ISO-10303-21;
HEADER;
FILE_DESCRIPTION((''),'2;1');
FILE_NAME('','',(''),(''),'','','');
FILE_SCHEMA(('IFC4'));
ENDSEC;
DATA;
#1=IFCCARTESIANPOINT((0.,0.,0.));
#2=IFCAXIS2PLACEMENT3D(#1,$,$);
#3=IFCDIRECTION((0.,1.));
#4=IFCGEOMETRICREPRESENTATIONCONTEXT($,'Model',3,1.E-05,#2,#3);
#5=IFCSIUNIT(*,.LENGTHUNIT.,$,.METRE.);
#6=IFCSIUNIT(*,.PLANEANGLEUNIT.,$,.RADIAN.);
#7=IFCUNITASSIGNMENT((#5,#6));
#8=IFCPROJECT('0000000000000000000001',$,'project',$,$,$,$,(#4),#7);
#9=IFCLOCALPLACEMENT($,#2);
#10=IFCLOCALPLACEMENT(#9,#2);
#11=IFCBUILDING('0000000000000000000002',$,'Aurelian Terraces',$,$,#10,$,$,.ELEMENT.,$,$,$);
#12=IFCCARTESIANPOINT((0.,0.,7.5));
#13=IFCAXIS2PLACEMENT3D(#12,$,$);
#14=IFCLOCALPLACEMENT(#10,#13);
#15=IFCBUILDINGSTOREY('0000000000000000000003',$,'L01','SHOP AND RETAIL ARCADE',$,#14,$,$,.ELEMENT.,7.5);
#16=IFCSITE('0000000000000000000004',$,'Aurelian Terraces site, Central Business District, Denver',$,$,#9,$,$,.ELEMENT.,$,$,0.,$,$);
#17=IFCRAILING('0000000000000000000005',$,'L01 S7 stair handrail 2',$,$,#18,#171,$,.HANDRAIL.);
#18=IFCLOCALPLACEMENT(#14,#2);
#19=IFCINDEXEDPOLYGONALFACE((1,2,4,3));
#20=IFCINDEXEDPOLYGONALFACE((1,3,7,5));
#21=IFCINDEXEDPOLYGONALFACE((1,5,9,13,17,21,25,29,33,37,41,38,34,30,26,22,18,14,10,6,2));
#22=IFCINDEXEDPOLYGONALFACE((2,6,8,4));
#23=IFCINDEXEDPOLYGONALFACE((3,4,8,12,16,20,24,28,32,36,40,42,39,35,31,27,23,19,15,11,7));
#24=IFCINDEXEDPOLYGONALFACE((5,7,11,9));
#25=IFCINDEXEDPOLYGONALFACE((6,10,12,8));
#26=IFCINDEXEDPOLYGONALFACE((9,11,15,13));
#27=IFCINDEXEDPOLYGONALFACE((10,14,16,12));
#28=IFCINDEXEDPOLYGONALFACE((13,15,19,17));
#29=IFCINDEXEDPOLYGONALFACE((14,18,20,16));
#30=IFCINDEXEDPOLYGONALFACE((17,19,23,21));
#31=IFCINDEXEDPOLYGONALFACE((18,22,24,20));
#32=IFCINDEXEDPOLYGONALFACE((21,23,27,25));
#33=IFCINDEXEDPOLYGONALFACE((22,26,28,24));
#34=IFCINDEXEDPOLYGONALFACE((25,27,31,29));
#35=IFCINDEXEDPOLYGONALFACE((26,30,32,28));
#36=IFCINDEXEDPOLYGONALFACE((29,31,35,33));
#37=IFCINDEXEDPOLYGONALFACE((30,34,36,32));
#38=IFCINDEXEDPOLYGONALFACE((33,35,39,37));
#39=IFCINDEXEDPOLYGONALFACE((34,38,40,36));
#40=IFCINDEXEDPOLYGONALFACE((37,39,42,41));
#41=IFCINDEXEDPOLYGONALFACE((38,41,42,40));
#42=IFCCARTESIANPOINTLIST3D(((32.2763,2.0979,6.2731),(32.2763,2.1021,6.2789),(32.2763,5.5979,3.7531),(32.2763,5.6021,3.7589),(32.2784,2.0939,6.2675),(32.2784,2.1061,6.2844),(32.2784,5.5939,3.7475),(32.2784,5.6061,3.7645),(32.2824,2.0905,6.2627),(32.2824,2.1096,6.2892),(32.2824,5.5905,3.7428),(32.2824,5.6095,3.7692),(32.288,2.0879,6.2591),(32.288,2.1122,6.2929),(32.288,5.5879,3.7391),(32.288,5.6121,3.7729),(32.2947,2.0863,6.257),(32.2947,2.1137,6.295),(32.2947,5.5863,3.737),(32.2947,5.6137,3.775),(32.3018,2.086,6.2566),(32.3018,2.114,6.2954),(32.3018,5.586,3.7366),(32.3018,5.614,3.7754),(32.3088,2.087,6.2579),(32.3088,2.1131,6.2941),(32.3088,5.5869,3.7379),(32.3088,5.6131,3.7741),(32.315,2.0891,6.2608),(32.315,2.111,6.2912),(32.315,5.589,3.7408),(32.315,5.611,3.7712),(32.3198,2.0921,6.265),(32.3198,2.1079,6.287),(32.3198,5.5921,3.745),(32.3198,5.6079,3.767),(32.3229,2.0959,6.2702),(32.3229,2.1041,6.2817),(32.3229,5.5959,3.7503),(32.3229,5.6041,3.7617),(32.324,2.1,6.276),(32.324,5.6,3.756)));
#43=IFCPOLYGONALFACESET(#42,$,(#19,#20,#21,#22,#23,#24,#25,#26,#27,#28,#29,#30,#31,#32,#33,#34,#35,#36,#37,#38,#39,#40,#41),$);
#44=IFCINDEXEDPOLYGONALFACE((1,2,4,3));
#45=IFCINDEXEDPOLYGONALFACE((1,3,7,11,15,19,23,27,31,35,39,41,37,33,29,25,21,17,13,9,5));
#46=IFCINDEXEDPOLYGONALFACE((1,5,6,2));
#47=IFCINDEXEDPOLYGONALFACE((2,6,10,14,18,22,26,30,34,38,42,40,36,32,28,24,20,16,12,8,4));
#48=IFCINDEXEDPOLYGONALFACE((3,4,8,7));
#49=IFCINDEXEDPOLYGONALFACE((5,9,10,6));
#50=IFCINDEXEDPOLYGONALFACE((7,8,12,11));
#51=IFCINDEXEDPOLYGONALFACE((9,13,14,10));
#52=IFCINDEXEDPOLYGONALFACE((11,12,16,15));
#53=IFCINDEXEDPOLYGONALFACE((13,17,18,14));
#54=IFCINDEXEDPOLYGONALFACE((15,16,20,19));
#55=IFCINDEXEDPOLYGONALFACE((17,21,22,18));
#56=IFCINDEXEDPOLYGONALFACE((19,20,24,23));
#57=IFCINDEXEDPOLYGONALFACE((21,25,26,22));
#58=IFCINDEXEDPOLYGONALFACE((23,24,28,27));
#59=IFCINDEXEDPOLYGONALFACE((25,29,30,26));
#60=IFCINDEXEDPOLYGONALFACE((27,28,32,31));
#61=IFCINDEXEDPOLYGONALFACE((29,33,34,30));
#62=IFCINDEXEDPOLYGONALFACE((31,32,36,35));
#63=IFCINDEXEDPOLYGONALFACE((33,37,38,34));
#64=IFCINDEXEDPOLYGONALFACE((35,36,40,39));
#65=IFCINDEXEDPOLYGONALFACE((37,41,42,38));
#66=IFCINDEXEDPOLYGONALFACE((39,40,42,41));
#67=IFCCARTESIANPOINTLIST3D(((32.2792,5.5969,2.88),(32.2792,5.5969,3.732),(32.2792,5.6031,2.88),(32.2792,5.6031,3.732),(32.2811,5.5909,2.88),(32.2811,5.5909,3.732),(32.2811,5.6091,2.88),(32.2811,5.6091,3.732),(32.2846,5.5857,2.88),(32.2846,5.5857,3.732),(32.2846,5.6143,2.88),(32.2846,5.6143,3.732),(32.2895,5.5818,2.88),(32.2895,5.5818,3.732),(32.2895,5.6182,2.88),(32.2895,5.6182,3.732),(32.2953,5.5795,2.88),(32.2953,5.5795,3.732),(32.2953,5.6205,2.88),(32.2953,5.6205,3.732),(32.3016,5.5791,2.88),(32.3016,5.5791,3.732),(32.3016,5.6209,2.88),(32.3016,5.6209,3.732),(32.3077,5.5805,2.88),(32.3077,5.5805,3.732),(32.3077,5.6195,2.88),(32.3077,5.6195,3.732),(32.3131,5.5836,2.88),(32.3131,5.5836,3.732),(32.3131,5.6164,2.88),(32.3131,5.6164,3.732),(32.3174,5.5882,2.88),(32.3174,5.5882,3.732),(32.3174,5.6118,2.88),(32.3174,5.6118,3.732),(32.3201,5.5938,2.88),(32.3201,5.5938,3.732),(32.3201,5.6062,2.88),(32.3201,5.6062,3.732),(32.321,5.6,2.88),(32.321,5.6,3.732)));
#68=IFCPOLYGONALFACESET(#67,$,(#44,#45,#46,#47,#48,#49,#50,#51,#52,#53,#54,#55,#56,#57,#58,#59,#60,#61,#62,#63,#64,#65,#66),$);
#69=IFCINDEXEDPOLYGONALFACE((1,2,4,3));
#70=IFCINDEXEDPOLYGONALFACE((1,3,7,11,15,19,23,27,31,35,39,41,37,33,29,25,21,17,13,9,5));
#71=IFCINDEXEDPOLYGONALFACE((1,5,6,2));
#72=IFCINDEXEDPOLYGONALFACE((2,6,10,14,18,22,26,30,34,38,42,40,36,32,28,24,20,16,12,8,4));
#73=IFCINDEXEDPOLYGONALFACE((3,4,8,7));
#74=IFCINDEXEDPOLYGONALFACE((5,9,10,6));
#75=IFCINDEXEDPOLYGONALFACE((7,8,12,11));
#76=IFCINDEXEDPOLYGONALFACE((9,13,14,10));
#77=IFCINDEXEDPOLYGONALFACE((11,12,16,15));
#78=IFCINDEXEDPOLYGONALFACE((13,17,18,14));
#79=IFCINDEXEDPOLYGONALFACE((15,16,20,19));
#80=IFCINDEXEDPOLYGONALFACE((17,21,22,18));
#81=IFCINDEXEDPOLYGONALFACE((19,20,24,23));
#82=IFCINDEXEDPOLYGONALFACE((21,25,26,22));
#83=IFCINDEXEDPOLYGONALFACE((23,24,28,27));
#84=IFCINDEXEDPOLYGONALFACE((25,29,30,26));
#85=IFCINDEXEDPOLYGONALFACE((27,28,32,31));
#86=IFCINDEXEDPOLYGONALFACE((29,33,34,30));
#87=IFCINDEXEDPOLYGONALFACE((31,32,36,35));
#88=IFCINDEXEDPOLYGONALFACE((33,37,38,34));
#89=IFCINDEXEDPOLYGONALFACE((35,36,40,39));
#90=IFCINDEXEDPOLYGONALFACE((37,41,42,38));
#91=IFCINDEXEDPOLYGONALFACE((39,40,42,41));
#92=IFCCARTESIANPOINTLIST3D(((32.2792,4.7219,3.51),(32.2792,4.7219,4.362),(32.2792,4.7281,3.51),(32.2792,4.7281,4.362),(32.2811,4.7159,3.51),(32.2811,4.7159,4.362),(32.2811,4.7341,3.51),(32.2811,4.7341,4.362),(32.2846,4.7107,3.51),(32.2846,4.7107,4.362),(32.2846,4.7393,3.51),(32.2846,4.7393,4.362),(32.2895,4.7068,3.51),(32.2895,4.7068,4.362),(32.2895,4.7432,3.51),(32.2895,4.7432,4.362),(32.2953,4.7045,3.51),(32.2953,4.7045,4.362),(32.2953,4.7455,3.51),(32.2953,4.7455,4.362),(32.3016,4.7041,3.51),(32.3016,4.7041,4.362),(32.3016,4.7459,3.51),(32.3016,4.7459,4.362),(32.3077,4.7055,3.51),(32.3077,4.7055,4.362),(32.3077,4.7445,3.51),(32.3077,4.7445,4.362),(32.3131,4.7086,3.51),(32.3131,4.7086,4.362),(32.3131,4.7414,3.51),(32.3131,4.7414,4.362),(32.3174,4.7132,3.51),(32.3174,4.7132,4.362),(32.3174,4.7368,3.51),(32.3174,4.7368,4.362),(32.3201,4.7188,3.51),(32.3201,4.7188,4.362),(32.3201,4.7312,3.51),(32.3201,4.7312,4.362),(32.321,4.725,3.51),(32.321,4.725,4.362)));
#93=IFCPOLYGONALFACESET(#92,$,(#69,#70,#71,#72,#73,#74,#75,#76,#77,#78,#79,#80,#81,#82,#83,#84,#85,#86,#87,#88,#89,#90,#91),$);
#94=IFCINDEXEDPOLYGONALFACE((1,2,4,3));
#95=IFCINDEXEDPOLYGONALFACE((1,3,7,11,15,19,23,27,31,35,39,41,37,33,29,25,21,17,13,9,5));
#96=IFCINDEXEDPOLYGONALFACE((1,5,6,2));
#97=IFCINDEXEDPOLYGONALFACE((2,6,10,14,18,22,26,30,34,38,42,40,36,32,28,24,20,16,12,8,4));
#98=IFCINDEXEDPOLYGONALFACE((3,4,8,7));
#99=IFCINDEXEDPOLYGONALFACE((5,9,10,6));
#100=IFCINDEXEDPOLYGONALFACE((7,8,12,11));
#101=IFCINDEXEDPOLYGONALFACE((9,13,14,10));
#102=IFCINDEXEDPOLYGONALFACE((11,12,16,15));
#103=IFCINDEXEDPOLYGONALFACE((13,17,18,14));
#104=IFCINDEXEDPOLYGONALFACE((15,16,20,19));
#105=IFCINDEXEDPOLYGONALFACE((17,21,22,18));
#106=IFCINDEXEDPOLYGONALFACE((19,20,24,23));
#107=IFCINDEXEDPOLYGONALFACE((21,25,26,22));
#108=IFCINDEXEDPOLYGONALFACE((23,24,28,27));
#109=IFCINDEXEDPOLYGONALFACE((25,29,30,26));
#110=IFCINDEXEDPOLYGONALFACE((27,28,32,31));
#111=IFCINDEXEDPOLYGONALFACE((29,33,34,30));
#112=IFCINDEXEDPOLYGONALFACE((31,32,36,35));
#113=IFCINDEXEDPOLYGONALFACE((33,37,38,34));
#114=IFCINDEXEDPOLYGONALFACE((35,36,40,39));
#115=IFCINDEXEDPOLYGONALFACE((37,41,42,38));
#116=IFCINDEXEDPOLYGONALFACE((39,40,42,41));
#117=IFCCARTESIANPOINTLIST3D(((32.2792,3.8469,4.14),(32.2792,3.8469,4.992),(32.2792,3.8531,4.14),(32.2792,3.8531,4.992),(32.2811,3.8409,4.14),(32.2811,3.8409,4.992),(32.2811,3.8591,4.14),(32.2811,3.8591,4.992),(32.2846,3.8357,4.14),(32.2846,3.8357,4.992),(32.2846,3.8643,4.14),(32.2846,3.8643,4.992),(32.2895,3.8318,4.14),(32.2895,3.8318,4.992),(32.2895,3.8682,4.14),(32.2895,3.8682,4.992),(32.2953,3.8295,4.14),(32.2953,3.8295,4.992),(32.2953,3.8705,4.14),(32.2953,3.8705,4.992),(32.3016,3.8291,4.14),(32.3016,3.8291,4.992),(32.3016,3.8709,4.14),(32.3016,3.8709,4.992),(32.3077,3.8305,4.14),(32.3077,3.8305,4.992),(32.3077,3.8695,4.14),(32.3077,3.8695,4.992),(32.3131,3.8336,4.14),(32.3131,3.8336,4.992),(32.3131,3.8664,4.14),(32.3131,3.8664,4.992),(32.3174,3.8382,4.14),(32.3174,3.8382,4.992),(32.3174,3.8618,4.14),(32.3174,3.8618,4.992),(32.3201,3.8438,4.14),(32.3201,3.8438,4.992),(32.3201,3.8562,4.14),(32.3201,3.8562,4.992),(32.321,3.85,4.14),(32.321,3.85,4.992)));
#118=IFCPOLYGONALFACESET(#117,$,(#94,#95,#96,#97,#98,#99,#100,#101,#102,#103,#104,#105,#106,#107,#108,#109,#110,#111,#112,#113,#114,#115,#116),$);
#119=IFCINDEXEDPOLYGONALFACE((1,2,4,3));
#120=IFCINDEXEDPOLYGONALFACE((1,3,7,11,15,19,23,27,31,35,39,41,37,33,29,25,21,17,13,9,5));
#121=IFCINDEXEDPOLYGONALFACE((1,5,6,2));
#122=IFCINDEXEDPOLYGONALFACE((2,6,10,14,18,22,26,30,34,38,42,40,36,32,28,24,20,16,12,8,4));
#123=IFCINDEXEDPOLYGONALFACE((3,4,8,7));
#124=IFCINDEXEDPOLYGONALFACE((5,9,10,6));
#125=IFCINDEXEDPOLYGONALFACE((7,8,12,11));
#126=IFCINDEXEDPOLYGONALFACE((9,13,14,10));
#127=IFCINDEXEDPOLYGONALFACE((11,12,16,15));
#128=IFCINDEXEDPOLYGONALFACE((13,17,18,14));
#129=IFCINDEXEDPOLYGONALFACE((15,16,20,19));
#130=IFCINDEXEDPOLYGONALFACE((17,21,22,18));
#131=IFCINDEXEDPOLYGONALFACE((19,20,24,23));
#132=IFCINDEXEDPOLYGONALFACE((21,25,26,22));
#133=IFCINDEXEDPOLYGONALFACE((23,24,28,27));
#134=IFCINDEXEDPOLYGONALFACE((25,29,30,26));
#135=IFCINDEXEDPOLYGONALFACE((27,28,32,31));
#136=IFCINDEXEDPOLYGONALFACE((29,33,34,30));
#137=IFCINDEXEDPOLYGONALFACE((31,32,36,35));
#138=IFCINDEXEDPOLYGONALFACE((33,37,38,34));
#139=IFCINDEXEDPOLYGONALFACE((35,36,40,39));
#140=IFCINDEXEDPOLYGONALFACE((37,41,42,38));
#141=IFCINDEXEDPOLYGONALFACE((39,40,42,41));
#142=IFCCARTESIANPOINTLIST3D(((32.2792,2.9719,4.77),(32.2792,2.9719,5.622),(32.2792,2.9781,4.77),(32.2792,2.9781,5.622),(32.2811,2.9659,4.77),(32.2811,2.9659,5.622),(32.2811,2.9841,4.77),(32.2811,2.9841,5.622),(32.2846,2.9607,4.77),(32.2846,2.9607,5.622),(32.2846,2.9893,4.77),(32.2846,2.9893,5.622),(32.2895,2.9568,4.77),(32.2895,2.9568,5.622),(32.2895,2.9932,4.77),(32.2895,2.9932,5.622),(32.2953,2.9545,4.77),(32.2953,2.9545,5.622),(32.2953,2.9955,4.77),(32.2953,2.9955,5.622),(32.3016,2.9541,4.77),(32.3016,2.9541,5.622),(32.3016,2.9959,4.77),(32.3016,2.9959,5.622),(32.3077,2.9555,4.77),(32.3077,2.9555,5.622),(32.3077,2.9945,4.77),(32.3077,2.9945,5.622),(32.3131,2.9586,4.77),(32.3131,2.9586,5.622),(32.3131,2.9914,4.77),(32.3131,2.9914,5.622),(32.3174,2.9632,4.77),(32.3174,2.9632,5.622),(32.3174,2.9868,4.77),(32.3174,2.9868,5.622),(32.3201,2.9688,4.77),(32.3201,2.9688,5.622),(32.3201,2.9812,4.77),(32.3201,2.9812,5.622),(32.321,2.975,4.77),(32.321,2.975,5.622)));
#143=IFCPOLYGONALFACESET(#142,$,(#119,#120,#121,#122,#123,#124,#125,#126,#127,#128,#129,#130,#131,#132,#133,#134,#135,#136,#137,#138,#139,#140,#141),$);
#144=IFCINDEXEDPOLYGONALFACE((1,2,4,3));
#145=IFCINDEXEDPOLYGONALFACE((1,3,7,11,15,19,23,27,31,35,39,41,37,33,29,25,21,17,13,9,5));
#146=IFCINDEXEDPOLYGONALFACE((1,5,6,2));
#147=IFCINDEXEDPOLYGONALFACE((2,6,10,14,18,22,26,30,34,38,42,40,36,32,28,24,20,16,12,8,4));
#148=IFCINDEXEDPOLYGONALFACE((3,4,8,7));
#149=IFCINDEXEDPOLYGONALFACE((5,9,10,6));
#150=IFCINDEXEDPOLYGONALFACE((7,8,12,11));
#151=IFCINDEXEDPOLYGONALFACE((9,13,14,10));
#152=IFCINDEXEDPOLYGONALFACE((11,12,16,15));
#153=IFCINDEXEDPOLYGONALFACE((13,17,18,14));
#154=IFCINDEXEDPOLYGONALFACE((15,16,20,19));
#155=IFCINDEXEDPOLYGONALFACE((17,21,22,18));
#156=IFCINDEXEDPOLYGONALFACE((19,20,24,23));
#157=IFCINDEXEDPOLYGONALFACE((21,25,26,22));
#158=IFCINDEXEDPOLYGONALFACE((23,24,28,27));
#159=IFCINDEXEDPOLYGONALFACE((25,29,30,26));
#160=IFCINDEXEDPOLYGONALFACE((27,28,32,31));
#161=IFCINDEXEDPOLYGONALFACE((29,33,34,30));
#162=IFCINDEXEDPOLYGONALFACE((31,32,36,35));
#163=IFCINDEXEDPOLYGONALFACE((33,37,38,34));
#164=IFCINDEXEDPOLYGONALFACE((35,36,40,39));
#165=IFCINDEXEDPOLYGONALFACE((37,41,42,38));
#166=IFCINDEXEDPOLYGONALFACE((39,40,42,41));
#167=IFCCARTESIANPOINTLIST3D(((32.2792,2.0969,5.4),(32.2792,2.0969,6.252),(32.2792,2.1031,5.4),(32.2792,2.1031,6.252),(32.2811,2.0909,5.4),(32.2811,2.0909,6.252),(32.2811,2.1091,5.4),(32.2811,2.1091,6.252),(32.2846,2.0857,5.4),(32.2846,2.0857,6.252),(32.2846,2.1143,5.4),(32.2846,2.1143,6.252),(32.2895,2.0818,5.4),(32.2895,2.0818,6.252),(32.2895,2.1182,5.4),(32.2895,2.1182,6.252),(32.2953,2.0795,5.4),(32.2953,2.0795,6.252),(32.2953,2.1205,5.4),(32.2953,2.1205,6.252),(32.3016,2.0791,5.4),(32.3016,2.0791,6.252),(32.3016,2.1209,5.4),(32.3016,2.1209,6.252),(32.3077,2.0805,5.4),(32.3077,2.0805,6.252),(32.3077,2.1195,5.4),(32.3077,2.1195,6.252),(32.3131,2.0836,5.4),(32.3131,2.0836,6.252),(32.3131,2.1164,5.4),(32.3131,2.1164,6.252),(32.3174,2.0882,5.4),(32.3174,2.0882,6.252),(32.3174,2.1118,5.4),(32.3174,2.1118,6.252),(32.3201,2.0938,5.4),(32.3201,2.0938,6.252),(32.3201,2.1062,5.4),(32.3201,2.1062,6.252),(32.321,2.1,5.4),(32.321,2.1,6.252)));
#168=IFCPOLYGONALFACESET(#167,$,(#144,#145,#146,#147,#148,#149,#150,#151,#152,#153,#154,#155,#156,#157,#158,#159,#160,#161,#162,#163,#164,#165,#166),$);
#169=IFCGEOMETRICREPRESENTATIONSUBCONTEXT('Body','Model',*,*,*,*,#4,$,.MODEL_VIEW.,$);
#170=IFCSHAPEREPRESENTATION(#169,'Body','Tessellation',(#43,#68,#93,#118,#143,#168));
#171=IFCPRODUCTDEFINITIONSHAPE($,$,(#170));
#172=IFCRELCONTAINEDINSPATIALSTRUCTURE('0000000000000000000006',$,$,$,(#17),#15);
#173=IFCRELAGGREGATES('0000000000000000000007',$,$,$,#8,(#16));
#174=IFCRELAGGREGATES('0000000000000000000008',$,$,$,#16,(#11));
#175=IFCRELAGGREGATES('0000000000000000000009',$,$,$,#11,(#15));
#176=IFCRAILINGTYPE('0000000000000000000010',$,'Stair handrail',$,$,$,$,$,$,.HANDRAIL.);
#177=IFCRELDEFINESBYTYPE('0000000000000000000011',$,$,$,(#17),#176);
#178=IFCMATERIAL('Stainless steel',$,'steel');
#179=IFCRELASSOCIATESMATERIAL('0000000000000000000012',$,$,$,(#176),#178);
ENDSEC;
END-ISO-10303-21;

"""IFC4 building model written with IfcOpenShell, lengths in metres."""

from ifc_helpers import new_model, si_unit, direction, frame, origin, origin_2d, place, context, subcontext, project, spatial, circle, extrude, source, transform, mapped, material, type_object, element, save


model = new_model("IFC4")

# Units and contexts
model_context = context("Model", 3, precision=1e-05, world=origin(), true_north=direction((0.0, 1.0)))
body_context = subcontext(model_context, "Body", "Model", "MODEL_VIEW")
ifc_project = project(units=[si_unit("LENGTHUNIT", "METRE"), si_unit("PLANEANGLEUNIT", "RADIAN")], contexts=[model_context])

# Site, building, storey
site_placement = place(None, origin())
site = spatial("IfcSite", under=ifc_project, at=site_placement, Name="Aurelian Terraces site, Central Business District, Denver", CompositionType="ELEMENT", RefElevation=0.0)
building_placement = place(site_placement, origin())
building = spatial("IfcBuilding", under=site, at=building_placement, Name="Aurelian Terraces", CompositionType="ELEMENT")
storey_placement = place(building_placement, frame((0.0, 0.0, 7.5)))
storey = spatial("IfcBuildingStorey", under=building, at=storey_placement, Name="L01", Description="SHOP AND RETAIL ARCADE", CompositionType="ELEMENT", Elevation=7.5)

# Railing
ifc_material_1 = material(Name="Stainless steel", Category="steel")
railing_type_1 = type_object("IfcRailingType", Name="Stair handrail", PredefinedType="HANDRAIL", material=ifc_material_1)
shared_shape_1 = source(origin(), body_context, "Body", "SweptSolid", [
    extrude(circle(Radius=0.024, at=origin_2d()), frame((0.0, 0.0, 0.876), z_axis=(0.0, -0.811534, 0.584305), x_axis=(1.0, 0.0, 0.0)), (0.0, 0.0, 1.0), 4.3128),
    extrude(circle(Radius=0.021, at=origin_2d()), origin(), (0.0, 0.0, 1.0), 0.852),
    extrude(circle(Radius=0.021, at=origin_2d()), frame((0.0, -0.875, 0.63)), (0.0, 0.0, 1.0), 0.852),
    extrude(circle(Radius=0.021, at=origin_2d()), frame((0.0, -1.75, 1.26)), (0.0, 0.0, 1.0), 0.852),
    extrude(circle(Radius=0.021, at=origin_2d()), frame((0.0, -2.625, 1.89)), (0.0, 0.0, 1.0), 0.852),
    extrude(circle(Radius=0.021, at=origin_2d()), frame((0.0, -3.5, 2.52)), (0.0, 0.0, 1.0), 0.852),
])
for number, where, name in (
    (1, (32.3, 5.6, 2.88), "L01 S7 stair handrail 2"),
):
    element("IfcRailing", number, at=place(storey_placement, frame(where)), inside=storey, type_object=railing_type_1, Name=name, PredefinedType="HANDRAIL", context=body_context, shape_type="MappedRepresentation", body=[
        mapped(shared_shape_1, transform((0.0, 0.0, 0.0), scale=1.0)),
    ])

save(model, "model.ifc")
